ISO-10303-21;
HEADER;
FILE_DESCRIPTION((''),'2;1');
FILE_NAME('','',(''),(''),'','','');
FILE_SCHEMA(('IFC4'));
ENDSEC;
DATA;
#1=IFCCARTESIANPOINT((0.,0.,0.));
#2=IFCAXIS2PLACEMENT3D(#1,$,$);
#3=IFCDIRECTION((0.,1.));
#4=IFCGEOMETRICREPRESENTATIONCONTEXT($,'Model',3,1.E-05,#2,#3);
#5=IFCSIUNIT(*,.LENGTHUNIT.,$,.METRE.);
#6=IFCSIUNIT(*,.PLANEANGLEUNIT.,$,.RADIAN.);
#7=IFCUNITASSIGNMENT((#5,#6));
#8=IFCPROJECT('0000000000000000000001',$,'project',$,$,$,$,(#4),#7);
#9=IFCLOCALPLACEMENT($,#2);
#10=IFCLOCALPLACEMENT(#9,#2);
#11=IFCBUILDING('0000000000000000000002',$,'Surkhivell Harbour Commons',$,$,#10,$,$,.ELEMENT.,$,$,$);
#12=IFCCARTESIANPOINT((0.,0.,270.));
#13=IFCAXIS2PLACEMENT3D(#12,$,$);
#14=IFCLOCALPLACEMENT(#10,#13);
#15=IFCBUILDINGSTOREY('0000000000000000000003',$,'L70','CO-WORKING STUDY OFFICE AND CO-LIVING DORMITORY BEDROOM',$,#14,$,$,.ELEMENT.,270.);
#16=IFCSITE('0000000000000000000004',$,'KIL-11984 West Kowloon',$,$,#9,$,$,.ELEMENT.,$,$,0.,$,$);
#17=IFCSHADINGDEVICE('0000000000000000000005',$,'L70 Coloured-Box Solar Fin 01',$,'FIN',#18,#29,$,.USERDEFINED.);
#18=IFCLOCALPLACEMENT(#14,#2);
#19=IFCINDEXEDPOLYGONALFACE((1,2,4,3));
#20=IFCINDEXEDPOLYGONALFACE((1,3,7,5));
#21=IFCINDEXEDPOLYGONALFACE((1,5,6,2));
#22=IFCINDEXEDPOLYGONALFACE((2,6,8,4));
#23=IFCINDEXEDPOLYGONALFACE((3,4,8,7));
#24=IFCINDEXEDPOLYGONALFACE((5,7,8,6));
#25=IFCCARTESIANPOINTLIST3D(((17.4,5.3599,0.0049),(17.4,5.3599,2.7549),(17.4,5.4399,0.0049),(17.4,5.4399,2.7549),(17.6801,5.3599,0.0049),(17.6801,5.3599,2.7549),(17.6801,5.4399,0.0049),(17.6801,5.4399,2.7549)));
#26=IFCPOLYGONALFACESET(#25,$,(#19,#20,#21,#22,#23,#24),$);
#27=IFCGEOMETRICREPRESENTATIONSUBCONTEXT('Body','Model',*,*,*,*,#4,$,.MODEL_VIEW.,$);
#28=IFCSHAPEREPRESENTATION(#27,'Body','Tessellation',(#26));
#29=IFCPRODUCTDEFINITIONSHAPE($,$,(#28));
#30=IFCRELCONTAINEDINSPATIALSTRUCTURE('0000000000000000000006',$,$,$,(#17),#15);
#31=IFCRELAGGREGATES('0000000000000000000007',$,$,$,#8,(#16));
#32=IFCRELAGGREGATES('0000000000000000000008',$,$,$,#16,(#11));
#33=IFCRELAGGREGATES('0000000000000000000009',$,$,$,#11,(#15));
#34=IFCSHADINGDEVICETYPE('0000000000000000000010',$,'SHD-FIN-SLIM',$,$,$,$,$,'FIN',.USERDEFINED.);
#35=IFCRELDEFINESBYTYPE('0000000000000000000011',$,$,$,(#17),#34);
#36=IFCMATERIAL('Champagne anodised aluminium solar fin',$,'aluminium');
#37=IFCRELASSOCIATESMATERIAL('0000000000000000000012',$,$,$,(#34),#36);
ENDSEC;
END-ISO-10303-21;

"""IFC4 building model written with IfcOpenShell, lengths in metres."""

from ifc_helpers import new_model, si_unit, direction, frame, origin, origin_2d, place, context, subcontext, project, spatial, rectangle, extrude, material, type_object, element, save


model = new_model("IFC4")

# Units and contexts
model_context = context("Model", 3, precision=1e-05, world=origin(), true_north=direction((0.0, 1.0)))
body_context = subcontext(model_context, "Body", "Model", "MODEL_VIEW")
ifc_project = project(units=[si_unit("LENGTHUNIT", "METRE"), si_unit("PLANEANGLEUNIT", "RADIAN")], contexts=[model_context])

# Site, building, storey
site_placement = place(None, origin())
site = spatial("IfcSite", under=ifc_project, at=site_placement, Name="KIL-11984 West Kowloon", CompositionType="ELEMENT", RefElevation=0.0)
building_placement = place(site_placement, origin())
building = spatial("IfcBuilding", under=site, at=building_placement, Name="Surkhivell Harbour Commons", CompositionType="ELEMENT")
storey_placement = place(building_placement, frame((0.0, 0.0, 270.0)))
storey = spatial("IfcBuildingStorey", under=building, at=storey_placement, Name="L70", Description="CO-WORKING STUDY OFFICE AND CO-LIVING DORMITORY BEDROOM", CompositionType="ELEMENT", Elevation=270.0)

# Shading device
ifc_material_1 = material(Name="Champagne anodised aluminium solar fin", Category="aluminium")
shading_device_type = type_object("IfcShadingDeviceType", Name="SHD-FIN-SLIM", ElementType="FIN", PredefinedType="USERDEFINED", material=ifc_material_1)
shading_device_placement = place(storey_placement, frame((17.54, 5.3999, 0.0049), z_axis=(0.0, 0.0, 1.0), x_axis=(1.0, 0.0, 0.0)))
element("IfcShadingDevice", 1, at=shading_device_placement, inside=storey, type_object=shading_device_type, Name="L70 Coloured-Box Solar Fin 01", ObjectType="FIN", PredefinedType="USERDEFINED", context=body_context, shape_type="SweptSolid", body=[
    extrude(rectangle(XDim=0.28, YDim=0.0801, at=origin_2d()), origin(), (0.0, 0.0, 1.0), 2.75),
])

save(model, "model.ifc")
